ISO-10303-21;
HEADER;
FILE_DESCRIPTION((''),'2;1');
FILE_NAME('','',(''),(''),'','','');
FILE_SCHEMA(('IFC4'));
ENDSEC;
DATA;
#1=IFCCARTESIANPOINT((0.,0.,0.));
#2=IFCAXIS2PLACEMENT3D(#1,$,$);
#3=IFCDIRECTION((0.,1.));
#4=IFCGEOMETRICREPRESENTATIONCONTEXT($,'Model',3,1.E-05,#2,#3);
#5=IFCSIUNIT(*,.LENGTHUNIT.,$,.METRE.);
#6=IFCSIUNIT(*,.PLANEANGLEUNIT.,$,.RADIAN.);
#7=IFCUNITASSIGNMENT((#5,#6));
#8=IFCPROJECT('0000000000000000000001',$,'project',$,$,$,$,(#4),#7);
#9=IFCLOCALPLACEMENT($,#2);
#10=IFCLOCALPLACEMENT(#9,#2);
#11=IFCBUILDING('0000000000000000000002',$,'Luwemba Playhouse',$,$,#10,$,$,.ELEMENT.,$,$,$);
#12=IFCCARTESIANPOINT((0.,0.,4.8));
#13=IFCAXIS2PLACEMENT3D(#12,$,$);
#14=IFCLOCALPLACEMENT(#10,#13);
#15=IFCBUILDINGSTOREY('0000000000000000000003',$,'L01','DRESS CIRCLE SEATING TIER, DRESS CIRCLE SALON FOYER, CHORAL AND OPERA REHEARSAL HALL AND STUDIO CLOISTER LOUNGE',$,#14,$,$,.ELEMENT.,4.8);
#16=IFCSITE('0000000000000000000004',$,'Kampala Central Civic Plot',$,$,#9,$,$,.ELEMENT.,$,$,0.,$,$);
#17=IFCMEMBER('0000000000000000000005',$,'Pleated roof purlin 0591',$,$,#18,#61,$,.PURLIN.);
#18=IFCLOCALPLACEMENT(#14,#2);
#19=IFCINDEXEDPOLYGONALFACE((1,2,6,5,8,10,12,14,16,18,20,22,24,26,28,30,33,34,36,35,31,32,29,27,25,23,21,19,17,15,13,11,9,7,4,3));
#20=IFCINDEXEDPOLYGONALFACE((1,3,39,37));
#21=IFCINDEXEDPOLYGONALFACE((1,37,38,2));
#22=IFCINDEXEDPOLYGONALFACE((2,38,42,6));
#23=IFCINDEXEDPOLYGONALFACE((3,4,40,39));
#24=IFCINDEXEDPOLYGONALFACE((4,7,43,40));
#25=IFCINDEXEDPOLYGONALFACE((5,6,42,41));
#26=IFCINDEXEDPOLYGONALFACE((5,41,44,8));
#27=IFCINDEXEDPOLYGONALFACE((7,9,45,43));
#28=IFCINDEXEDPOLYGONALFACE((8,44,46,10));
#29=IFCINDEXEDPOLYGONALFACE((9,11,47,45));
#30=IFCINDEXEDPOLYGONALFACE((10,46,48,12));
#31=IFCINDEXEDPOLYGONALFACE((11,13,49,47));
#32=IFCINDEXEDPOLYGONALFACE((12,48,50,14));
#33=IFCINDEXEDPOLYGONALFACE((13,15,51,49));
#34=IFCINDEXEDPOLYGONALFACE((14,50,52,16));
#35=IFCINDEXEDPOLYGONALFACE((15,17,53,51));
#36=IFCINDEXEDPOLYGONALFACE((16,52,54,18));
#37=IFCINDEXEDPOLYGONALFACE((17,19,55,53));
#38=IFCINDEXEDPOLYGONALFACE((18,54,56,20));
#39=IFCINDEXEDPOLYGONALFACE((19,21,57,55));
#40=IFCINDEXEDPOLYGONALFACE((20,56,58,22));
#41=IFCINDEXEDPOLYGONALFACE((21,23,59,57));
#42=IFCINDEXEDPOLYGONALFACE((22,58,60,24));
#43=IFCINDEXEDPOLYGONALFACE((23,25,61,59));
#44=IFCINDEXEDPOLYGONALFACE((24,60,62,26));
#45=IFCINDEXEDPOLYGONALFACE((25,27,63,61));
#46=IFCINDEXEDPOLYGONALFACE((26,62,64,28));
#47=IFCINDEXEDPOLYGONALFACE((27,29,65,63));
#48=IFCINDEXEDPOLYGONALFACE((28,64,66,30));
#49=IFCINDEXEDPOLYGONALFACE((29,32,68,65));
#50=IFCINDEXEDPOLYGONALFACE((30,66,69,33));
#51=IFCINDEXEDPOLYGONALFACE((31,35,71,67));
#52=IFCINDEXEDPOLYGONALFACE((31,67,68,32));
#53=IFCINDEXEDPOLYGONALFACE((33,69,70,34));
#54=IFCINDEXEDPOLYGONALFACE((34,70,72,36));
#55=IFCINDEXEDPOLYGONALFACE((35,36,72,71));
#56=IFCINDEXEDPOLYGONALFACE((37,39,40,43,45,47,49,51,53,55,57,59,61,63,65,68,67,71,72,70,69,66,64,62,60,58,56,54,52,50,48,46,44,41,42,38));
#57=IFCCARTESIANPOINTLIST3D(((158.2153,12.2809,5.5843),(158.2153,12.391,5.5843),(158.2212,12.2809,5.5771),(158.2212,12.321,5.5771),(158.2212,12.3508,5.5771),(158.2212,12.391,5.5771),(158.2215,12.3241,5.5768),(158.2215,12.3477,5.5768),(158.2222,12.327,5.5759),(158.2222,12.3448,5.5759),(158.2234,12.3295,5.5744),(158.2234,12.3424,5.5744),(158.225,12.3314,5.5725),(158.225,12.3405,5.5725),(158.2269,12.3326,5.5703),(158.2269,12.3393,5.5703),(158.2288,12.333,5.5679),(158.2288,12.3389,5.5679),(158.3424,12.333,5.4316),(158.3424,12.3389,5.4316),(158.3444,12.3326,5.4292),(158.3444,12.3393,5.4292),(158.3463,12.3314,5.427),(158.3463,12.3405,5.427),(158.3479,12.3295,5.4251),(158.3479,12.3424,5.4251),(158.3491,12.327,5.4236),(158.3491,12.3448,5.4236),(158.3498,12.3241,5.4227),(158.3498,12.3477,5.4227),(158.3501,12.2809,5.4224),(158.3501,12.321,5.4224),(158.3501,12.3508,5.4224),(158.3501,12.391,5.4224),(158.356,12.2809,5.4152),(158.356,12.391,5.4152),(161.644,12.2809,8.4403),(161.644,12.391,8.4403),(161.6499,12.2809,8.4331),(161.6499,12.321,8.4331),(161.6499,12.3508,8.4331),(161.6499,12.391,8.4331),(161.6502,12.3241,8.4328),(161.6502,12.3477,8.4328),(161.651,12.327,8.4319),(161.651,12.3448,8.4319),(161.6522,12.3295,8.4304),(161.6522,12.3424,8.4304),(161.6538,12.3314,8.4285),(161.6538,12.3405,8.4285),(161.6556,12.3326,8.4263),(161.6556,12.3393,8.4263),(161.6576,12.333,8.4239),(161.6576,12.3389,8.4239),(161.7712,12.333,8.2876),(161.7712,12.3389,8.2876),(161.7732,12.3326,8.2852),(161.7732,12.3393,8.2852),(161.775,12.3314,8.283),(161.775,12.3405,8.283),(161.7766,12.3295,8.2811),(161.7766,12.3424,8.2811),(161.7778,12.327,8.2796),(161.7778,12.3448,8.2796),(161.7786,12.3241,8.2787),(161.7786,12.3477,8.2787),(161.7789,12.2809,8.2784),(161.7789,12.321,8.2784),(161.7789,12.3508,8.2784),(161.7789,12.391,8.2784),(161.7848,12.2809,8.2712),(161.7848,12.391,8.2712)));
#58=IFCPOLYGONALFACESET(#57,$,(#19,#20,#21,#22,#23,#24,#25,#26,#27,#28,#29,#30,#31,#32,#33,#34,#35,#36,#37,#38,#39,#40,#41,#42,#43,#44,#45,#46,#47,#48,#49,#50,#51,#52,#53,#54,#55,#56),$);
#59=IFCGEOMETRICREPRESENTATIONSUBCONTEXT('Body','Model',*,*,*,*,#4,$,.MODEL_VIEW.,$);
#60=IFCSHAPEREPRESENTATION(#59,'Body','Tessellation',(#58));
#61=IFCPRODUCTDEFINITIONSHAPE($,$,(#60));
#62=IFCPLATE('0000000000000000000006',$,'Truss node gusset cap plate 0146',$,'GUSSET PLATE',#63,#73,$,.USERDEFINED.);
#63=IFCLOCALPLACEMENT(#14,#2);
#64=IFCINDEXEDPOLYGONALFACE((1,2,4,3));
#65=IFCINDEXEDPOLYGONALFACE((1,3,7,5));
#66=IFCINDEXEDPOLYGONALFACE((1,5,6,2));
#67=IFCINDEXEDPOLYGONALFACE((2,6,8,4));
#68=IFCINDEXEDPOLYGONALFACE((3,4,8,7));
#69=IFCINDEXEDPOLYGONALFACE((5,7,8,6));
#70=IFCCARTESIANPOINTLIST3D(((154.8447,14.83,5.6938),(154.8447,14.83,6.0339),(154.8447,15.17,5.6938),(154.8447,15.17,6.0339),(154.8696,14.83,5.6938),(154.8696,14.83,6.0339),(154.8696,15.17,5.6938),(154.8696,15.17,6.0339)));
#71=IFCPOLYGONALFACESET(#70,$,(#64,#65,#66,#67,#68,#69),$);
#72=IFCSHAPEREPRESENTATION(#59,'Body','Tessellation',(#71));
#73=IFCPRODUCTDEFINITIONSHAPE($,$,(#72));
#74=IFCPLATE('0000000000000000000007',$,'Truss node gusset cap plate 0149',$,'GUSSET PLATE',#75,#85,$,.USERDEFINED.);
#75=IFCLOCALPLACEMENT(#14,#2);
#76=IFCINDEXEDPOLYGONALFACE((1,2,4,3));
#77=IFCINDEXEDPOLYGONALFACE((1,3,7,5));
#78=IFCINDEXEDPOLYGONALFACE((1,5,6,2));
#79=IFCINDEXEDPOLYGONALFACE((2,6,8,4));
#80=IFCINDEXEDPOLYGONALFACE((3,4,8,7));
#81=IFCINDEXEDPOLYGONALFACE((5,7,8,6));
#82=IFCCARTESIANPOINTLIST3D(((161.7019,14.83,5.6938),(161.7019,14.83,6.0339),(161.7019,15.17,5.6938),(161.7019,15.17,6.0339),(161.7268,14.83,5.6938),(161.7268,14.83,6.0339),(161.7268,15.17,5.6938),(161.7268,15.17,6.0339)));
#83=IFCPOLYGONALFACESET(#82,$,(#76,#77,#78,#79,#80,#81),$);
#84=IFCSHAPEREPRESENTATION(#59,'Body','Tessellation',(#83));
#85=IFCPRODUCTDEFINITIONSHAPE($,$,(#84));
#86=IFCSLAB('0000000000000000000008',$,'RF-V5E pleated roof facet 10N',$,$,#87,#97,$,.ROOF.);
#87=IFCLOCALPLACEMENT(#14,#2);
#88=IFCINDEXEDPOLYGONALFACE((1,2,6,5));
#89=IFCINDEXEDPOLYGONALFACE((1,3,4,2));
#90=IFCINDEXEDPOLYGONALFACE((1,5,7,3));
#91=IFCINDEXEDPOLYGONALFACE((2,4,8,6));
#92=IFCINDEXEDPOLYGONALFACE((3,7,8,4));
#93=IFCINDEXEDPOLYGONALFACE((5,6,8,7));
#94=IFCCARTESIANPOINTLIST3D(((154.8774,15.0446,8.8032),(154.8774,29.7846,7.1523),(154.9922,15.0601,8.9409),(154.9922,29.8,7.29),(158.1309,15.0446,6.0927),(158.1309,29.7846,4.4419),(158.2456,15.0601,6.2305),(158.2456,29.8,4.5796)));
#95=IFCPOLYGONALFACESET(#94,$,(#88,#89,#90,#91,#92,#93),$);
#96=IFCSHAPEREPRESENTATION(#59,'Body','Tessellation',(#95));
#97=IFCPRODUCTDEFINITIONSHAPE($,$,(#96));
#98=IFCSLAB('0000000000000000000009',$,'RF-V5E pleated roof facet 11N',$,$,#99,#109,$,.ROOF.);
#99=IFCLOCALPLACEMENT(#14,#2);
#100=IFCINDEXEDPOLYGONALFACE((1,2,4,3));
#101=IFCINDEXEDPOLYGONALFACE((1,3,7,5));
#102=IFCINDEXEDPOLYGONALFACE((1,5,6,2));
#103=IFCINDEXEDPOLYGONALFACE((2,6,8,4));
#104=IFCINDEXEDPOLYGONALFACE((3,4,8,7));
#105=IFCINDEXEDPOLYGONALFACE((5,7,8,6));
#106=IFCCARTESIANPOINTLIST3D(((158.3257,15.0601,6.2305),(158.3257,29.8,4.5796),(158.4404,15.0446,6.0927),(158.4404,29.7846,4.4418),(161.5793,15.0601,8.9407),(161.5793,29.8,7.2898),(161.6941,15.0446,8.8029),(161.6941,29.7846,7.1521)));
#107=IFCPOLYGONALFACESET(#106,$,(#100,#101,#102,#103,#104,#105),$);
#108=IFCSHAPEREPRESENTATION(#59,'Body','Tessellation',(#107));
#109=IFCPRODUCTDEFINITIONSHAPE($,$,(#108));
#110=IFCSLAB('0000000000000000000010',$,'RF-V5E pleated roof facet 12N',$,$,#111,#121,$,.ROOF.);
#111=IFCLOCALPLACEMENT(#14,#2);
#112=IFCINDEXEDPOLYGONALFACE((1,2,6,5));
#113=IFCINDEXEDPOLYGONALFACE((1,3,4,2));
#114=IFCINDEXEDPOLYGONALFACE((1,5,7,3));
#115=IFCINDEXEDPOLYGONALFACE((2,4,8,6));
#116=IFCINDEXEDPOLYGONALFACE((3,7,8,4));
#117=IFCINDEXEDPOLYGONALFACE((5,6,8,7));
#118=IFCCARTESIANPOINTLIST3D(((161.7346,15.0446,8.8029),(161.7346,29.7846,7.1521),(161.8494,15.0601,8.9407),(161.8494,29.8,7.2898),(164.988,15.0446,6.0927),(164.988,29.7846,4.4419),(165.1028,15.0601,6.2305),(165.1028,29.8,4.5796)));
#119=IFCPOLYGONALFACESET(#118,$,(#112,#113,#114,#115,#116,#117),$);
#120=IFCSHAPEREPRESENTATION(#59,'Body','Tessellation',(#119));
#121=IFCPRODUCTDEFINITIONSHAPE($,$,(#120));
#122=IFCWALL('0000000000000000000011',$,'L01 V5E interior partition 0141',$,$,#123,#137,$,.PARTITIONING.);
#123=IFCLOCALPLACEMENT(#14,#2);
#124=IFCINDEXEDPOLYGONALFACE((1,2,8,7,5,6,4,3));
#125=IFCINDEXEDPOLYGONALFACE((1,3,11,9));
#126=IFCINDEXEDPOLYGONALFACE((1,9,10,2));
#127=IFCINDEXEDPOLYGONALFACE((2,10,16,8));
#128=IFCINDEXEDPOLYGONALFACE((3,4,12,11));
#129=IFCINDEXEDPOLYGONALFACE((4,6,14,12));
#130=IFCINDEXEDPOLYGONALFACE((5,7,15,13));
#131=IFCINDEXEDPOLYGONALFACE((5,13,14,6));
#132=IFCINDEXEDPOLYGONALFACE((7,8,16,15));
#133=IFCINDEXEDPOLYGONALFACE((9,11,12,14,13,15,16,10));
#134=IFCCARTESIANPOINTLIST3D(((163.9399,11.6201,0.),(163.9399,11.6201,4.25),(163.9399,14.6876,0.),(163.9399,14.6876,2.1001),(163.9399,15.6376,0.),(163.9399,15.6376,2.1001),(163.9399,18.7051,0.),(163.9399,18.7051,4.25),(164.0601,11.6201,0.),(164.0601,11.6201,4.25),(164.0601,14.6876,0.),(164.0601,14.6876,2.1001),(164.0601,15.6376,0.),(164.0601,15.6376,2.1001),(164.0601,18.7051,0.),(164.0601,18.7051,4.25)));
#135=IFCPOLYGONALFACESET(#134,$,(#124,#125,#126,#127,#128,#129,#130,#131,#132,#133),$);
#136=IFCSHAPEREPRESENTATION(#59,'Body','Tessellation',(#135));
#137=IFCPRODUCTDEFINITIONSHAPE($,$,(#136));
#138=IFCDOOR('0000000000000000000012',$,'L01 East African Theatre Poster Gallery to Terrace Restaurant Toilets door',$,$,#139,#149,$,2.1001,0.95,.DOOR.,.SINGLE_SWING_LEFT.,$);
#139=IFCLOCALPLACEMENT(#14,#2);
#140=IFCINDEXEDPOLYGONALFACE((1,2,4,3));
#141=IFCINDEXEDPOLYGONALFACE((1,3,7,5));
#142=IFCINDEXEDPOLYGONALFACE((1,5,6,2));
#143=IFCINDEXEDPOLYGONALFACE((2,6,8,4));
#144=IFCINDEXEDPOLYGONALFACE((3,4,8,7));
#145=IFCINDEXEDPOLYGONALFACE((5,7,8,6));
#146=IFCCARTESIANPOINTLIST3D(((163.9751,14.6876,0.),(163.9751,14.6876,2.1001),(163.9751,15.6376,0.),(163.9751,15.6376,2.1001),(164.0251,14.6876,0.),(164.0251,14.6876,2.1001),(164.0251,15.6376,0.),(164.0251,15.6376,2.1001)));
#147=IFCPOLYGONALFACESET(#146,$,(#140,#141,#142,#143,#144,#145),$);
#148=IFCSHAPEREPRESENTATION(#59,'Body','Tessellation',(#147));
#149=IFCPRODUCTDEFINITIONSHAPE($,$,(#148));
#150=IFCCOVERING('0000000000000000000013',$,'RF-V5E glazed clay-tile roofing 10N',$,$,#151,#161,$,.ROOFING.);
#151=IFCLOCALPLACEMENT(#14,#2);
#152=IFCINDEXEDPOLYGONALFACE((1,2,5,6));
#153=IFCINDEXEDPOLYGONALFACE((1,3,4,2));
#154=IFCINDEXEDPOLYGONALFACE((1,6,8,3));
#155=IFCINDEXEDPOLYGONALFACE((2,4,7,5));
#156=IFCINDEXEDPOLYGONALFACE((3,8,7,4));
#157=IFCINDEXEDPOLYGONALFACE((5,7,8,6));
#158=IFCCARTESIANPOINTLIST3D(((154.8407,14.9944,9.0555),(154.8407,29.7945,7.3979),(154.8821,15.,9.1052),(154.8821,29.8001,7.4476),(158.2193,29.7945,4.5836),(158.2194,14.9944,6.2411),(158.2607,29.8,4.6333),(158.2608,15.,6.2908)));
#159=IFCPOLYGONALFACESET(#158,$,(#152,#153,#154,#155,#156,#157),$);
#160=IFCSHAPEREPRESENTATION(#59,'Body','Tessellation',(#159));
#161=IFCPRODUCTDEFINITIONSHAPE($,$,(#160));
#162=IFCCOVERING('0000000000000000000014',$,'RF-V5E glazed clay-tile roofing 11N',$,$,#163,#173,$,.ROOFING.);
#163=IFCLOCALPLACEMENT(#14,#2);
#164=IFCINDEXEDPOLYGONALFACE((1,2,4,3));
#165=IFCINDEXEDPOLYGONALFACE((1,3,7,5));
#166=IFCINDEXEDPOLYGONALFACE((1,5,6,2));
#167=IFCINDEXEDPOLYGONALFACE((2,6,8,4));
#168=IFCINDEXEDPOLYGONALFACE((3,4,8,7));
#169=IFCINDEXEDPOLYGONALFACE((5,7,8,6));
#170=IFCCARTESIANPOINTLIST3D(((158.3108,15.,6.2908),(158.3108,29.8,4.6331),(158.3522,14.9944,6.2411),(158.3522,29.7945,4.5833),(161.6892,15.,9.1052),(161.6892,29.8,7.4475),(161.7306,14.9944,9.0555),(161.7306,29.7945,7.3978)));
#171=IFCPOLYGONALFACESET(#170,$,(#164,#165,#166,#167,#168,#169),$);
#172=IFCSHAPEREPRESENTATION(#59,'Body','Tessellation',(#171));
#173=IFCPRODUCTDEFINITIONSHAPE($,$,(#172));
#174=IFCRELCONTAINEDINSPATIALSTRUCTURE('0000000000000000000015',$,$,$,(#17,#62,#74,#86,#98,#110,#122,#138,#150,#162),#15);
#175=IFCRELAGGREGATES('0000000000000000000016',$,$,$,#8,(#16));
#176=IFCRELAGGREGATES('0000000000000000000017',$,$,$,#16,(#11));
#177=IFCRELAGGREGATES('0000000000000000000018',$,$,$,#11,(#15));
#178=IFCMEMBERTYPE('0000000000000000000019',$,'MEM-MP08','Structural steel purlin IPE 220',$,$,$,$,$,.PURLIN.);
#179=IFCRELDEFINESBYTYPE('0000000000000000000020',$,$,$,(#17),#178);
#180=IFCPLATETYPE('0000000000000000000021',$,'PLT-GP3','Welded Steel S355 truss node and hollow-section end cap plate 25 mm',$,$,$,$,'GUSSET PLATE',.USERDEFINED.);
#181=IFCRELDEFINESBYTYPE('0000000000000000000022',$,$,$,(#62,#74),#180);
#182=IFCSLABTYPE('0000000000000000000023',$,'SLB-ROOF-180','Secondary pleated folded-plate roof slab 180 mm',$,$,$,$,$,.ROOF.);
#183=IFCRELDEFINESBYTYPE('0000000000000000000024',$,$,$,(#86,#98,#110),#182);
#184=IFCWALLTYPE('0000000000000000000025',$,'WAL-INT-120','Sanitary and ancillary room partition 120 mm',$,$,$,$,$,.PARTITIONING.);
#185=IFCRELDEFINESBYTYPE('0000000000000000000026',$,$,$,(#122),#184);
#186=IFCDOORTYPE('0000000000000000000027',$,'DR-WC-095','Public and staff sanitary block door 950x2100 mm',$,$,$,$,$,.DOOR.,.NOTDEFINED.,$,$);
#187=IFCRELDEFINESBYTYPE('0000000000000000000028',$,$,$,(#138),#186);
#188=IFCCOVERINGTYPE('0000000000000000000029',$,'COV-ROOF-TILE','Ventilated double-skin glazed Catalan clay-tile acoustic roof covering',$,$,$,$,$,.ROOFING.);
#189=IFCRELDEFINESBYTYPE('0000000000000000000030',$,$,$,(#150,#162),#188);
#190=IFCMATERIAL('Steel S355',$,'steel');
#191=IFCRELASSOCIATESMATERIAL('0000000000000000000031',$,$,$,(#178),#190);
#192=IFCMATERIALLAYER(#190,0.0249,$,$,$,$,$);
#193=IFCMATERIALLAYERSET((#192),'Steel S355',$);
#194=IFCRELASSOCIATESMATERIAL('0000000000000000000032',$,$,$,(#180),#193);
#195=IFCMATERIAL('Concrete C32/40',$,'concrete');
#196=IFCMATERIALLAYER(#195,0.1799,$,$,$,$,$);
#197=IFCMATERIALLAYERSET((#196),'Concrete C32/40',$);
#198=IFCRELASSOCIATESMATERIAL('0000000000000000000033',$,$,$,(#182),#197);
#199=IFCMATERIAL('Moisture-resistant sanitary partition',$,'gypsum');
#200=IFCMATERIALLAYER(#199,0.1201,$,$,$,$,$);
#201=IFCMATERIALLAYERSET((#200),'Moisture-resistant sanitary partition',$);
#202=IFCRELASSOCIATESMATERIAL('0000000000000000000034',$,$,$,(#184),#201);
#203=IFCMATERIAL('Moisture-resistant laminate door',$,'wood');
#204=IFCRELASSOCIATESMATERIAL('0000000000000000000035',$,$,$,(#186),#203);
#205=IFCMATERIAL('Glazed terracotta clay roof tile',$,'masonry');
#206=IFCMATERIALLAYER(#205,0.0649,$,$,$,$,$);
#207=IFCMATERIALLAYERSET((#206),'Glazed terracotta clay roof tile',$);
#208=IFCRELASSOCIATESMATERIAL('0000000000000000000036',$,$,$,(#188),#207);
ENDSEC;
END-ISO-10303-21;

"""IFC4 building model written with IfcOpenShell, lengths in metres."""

from ifc_helpers import new_model, si_unit, direction, frame, frame_2d, origin, origin_2d, place, context, subcontext, project, spatial, polyline, rectangle, i_section, outline, extrude, material, layer, layer_set, material_profile, profile_set, type_object, element, fill, save


model = new_model("IFC4")

# Units and contexts
model_context = context("Model", 3, precision=1e-05, world=origin(), true_north=direction((0.0, 1.0)))
body_context = subcontext(model_context, "Body", "Model", "MODEL_VIEW")
ifc_project = project(units=[si_unit("LENGTHUNIT", "METRE"), si_unit("PLANEANGLEUNIT", "RADIAN")], contexts=[model_context])

# Site, building, storey
site_placement = place(None, origin())
site = spatial("IfcSite", under=ifc_project, at=site_placement, Name="Kampala Central Civic Plot", CompositionType="ELEMENT", RefElevation=0.0)
building_placement = place(site_placement, origin())
building = spatial("IfcBuilding", under=site, at=building_placement, Name="Luwemba Playhouse", CompositionType="ELEMENT")
storey_placement = place(building_placement, frame((0.0, 0.0, 4.8)))
storey = spatial("IfcBuildingStorey", under=building, at=storey_placement, Name="L01", Description="DRESS CIRCLE SEATING TIER, DRESS CIRCLE SALON FOYER, CHORAL AND OPERA REHEARSAL HALL AND STUDIO CLOISTER LOUNGE", CompositionType="ELEMENT", Elevation=4.8)

# Shared definitions
ifc_material_1 = material(Name="Steel S355", Category="steel")

# Member
ifc_material_profile_1 = material_profile(ifc_material_1, i_section(OverallWidth=0.1101, OverallDepth=0.22, WebThickness=0.0059, FlangeThickness=0.0093, FilletRadius=0.012, at=origin_2d()))
ifc_profile_set_1 = profile_set([ifc_material_profile_1], Name="Steel S355")
member_type_1 = type_object("IfcMemberType", Name="MEM-MP08", Description="Structural steel purlin IPE 220", PredefinedType="PURLIN", material=ifc_profile_set_1)
member_1_placement = place(storey_placement, frame((158.2856, 12.3359, 5.4998), z_axis=(0.768365, 0.0, 0.640012), x_axis=(0.0, 1.0, 0.0)))
element("IfcMember", 1, at=member_1_placement, inside=storey, type_object=member_type_1, Name="Pleated roof purlin 0591", PredefinedType="PURLIN", context=body_context, shape_type="SweptSolid", body=[
    extrude(i_section(OverallWidth=0.1101, OverallDepth=0.22, WebThickness=0.0059, FlangeThickness=0.0093, FilletRadius=0.012, at=origin_2d()), origin(), (0.0, 0.0, 1.0), 4.4624),
])

# Plates
ifc_layer_1 = layer(ifc_material_1, 0.0249)
ifc_layer_set_1 = layer_set([ifc_layer_1], Name="Steel S355")
plate_type = type_object("IfcPlateType", Name="PLT-GP3", Description="Welded Steel S355 truss node and hollow-section end cap plate 25 mm", ElementType="GUSSET PLATE", PredefinedType="USERDEFINED", material=ifc_layer_set_1)
for number, where, z_axis, x_axis, name in (
    (2, (154.8572, 15.0, 5.6938), (0.0, 0.0, 1.0), (1.0, 0.0, 0.0), "Truss node gusset cap plate 0146"),
    (3, (161.7144, 15.0, 5.6938), (0.0, 0.0, 1.0), (1.0, 0.0, 0.0), "Truss node gusset cap plate 0149"),
):
    element("IfcPlate", number, at=place(storey_placement, frame(where, z_axis=z_axis, x_axis=x_axis)), inside=storey, type_object=plate_type, Name=name, ObjectType="GUSSET PLATE", PredefinedType="USERDEFINED", context=body_context, shape_type="SweptSolid", body=[
        extrude(rectangle(XDim=0.0249, YDim=0.3401, at=origin_2d()), origin(), (0.0, 0.0, 1.0), 0.3401),
    ])

# Slabs
ifc_material_2 = material(Name="Concrete C32/40", Category="concrete")
ifc_layer_2 = layer(ifc_material_2, 0.1799)
ifc_layer_set_2 = layer_set([ifc_layer_2], Name="Concrete C32/40")
slab_type = type_object("IfcSlabType", Name="SLB-ROOF-180", Description="Secondary pleated folded-plate roof slab 180 mm", PredefinedType="ROOF", material=ifc_layer_set_2)
slab_1_placement = place(storey_placement, frame((154.9922, 15.0601, 8.9409), z_axis=(0.637726, 0.085733, 0.765478), x_axis=(0.768306, 0.0, -0.640082)))
element("IfcSlab", 4, at=slab_1_placement, inside=storey, type_object=slab_type, Name="RF-V5E pleated roof facet 10N", PredefinedType="ROOF", context=body_context, shape_type="SweptSolid", body=[
    extrude(outline(polyline([(0.0, 0.0), (4.2345, 0.0), (5.2912, 14.7945), (1.0567, 14.7945), (0.0, 0.0)])), origin(), (0.0, 0.0, -1.0), 0.1799),
])
slab_2_placement = place(storey_placement, frame((158.3257, 15.0601, 6.2305), z_axis=(-0.637663, 0.085739, 0.765529), x_axis=(0.768358, 0.0, 0.64002)))
element("IfcSlab", 5, at=slab_2_placement, inside=storey, type_object=slab_type, Name="RF-V5E pleated roof facet 11N", PredefinedType="ROOF", context=body_context, shape_type="SweptSolid", body=[
    extrude(outline(polyline([(0.0, 0.0), (4.2346, 0.0), (3.178, 14.7945), (-1.0566, 14.7945), (0.0, 0.0)])), origin(), (0.0, 0.0, -1.0), 0.1799),
])
slab_3_placement = place(storey_placement, frame((161.8494, 15.0601, 8.9407), z_axis=(0.637692, 0.085737, 0.765506), x_axis=(0.768335, 0.0, -0.640048)))
element("IfcSlab", 6, at=slab_3_placement, inside=storey, type_object=slab_type, Name="RF-V5E pleated roof facet 12N", PredefinedType="ROOF", context=body_context, shape_type="SweptSolid", body=[
    extrude(outline(polyline([(0.0, 0.0), (4.2344, 0.0), (5.291, 14.7945), (1.0566, 14.7945), (0.0, 0.0)])), origin(), (0.0, 0.0, -1.0), 0.1799),
])

# Wall, opening, door
ifc_material_3 = material(Name="Moisture-resistant sanitary partition", Category="gypsum")
ifc_layer_3 = layer(ifc_material_3, 0.1201)
ifc_layer_set_3 = layer_set([ifc_layer_3], Name="Moisture-resistant sanitary partition")
wall_type_1 = type_object("IfcWallType", Name="WAL-INT-120", Description="Sanitary and ancillary room partition 120 mm", PredefinedType="PARTITIONING", material=ifc_layer_set_3)
wall_1_placement = place(storey_placement, frame((164.0, 11.6201, 0.0), z_axis=(0.0, 0.0, 1.0), x_axis=(0.0, 1.0, 0.0)))
wall_1 = element("IfcWall", 7, at=wall_1_placement, inside=storey, type_object=wall_type_1, Name="L01 V5E interior partition 0141", PredefinedType="PARTITIONING", context=body_context, shape_type="SweptSolid", body=[
    extrude(rectangle(XDim=7.085, YDim=0.1201, at=frame_2d((3.5425, 0.0))), origin(), (0.0, 0.0, 1.0), 4.25),
])
opening_1_placement = place(wall_1_placement, frame((3.0674, 0.0, 0.0)))
opening_1 = element("IfcOpeningElement", 8, at=opening_1_placement, cuts=wall_1, PredefinedType="OPENING", context=body_context, shape_type="SweptSolid", body=[
    extrude(rectangle(XDim=0.95, YDim=2.1001, at=frame_2d((0.4751, 1.05))), frame((0.0, 0.0701, 0.0), z_axis=(0.0, -1.0, 0.0), x_axis=(1.0, 0.0, 0.0)), (0.0, 0.0, 1.0), 0.1401),
])
ifc_material_4 = material(Name="Moisture-resistant laminate door", Category="wood")
door_type_1 = type_object("IfcDoorType", Name="DR-WC-095", Description="Public and staff sanitary block door 950x2100 mm", OperationType="NOTDEFINED", PredefinedType="DOOR", material=ifc_material_4)
door_1_placement = place(opening_1_placement, origin())
door_1 = element("IfcDoor", 9, at=door_1_placement, inside=storey, type_object=door_type_1, Name="L01 East African Theatre Poster Gallery to Terrace Restaurant Toilets door", OperationType="SINGLE_SWING_LEFT", OverallHeight=2.1001, OverallWidth=0.95, PredefinedType="DOOR", context=body_context, shape_type="SweptSolid", body=[
    extrude(rectangle(XDim=0.95, YDim=2.1001, at=frame_2d((0.4751, 1.05))), frame((0.0, 0.0249, 0.0), z_axis=(0.0, -1.0, 0.0), x_axis=(1.0, 0.0, 0.0)), (0.0, 0.0, 1.0), 0.05),
])
fill(opening_1, door_1)

# Coverings
ifc_material_5 = material(Name="Glazed terracotta clay roof tile", Category="masonry")
ifc_layer_4 = layer(ifc_material_5, 0.0649)
ifc_layer_set_4 = layer_set([ifc_layer_4], Name="Glazed terracotta clay roof tile")
covering_type = type_object("IfcCoveringType", Name="COV-ROOF-TILE", Description="Ventilated double-skin glazed Catalan clay-tile acoustic roof covering", PredefinedType="ROOFING", material=ifc_layer_set_4)
covering_1_placement = place(storey_placement, frame((154.8821, 15.0, 9.1052), z_axis=(0.637664, 0.085739, 0.765528), x_axis=(0.768358, 0.000002, -0.640021)))
element("IfcCovering", 10, at=covering_1_placement, inside=storey, type_object=covering_type, Name="RF-V5E glazed clay-tile roofing 10N", PredefinedType="ROOFING", context=body_context, shape_type="SweptSolid", body=[
    extrude(outline(polyline([(0.0, 0.0), (4.3973, 0.0), (5.4582, 14.8547), (1.061, 14.8548), (0.0, 0.0)])), origin(), (0.0, 0.0, -1.0), 0.0649),
])
covering_2_placement = place(storey_placement, frame((158.3108, 15.0, 6.2908), z_axis=(-0.637707, 0.085741, 0.765492), x_axis=(0.768321, 0.0, 0.640064)))
element("IfcCovering", 11, at=covering_2_placement, inside=storey, type_object=covering_type, Name="RF-V5E glazed clay-tile roofing 11N", PredefinedType="ROOFING", context=body_context, shape_type="SweptSolid", body=[
    extrude(outline(polyline([(0.0, 0.0), (4.3971, 0.0), (3.3361, 14.8548), (-1.061, 14.8548), (0.0, 0.0)])), origin(), (0.0, 0.0, -1.0), 0.0649),
])

save(model, "model.ifc")
